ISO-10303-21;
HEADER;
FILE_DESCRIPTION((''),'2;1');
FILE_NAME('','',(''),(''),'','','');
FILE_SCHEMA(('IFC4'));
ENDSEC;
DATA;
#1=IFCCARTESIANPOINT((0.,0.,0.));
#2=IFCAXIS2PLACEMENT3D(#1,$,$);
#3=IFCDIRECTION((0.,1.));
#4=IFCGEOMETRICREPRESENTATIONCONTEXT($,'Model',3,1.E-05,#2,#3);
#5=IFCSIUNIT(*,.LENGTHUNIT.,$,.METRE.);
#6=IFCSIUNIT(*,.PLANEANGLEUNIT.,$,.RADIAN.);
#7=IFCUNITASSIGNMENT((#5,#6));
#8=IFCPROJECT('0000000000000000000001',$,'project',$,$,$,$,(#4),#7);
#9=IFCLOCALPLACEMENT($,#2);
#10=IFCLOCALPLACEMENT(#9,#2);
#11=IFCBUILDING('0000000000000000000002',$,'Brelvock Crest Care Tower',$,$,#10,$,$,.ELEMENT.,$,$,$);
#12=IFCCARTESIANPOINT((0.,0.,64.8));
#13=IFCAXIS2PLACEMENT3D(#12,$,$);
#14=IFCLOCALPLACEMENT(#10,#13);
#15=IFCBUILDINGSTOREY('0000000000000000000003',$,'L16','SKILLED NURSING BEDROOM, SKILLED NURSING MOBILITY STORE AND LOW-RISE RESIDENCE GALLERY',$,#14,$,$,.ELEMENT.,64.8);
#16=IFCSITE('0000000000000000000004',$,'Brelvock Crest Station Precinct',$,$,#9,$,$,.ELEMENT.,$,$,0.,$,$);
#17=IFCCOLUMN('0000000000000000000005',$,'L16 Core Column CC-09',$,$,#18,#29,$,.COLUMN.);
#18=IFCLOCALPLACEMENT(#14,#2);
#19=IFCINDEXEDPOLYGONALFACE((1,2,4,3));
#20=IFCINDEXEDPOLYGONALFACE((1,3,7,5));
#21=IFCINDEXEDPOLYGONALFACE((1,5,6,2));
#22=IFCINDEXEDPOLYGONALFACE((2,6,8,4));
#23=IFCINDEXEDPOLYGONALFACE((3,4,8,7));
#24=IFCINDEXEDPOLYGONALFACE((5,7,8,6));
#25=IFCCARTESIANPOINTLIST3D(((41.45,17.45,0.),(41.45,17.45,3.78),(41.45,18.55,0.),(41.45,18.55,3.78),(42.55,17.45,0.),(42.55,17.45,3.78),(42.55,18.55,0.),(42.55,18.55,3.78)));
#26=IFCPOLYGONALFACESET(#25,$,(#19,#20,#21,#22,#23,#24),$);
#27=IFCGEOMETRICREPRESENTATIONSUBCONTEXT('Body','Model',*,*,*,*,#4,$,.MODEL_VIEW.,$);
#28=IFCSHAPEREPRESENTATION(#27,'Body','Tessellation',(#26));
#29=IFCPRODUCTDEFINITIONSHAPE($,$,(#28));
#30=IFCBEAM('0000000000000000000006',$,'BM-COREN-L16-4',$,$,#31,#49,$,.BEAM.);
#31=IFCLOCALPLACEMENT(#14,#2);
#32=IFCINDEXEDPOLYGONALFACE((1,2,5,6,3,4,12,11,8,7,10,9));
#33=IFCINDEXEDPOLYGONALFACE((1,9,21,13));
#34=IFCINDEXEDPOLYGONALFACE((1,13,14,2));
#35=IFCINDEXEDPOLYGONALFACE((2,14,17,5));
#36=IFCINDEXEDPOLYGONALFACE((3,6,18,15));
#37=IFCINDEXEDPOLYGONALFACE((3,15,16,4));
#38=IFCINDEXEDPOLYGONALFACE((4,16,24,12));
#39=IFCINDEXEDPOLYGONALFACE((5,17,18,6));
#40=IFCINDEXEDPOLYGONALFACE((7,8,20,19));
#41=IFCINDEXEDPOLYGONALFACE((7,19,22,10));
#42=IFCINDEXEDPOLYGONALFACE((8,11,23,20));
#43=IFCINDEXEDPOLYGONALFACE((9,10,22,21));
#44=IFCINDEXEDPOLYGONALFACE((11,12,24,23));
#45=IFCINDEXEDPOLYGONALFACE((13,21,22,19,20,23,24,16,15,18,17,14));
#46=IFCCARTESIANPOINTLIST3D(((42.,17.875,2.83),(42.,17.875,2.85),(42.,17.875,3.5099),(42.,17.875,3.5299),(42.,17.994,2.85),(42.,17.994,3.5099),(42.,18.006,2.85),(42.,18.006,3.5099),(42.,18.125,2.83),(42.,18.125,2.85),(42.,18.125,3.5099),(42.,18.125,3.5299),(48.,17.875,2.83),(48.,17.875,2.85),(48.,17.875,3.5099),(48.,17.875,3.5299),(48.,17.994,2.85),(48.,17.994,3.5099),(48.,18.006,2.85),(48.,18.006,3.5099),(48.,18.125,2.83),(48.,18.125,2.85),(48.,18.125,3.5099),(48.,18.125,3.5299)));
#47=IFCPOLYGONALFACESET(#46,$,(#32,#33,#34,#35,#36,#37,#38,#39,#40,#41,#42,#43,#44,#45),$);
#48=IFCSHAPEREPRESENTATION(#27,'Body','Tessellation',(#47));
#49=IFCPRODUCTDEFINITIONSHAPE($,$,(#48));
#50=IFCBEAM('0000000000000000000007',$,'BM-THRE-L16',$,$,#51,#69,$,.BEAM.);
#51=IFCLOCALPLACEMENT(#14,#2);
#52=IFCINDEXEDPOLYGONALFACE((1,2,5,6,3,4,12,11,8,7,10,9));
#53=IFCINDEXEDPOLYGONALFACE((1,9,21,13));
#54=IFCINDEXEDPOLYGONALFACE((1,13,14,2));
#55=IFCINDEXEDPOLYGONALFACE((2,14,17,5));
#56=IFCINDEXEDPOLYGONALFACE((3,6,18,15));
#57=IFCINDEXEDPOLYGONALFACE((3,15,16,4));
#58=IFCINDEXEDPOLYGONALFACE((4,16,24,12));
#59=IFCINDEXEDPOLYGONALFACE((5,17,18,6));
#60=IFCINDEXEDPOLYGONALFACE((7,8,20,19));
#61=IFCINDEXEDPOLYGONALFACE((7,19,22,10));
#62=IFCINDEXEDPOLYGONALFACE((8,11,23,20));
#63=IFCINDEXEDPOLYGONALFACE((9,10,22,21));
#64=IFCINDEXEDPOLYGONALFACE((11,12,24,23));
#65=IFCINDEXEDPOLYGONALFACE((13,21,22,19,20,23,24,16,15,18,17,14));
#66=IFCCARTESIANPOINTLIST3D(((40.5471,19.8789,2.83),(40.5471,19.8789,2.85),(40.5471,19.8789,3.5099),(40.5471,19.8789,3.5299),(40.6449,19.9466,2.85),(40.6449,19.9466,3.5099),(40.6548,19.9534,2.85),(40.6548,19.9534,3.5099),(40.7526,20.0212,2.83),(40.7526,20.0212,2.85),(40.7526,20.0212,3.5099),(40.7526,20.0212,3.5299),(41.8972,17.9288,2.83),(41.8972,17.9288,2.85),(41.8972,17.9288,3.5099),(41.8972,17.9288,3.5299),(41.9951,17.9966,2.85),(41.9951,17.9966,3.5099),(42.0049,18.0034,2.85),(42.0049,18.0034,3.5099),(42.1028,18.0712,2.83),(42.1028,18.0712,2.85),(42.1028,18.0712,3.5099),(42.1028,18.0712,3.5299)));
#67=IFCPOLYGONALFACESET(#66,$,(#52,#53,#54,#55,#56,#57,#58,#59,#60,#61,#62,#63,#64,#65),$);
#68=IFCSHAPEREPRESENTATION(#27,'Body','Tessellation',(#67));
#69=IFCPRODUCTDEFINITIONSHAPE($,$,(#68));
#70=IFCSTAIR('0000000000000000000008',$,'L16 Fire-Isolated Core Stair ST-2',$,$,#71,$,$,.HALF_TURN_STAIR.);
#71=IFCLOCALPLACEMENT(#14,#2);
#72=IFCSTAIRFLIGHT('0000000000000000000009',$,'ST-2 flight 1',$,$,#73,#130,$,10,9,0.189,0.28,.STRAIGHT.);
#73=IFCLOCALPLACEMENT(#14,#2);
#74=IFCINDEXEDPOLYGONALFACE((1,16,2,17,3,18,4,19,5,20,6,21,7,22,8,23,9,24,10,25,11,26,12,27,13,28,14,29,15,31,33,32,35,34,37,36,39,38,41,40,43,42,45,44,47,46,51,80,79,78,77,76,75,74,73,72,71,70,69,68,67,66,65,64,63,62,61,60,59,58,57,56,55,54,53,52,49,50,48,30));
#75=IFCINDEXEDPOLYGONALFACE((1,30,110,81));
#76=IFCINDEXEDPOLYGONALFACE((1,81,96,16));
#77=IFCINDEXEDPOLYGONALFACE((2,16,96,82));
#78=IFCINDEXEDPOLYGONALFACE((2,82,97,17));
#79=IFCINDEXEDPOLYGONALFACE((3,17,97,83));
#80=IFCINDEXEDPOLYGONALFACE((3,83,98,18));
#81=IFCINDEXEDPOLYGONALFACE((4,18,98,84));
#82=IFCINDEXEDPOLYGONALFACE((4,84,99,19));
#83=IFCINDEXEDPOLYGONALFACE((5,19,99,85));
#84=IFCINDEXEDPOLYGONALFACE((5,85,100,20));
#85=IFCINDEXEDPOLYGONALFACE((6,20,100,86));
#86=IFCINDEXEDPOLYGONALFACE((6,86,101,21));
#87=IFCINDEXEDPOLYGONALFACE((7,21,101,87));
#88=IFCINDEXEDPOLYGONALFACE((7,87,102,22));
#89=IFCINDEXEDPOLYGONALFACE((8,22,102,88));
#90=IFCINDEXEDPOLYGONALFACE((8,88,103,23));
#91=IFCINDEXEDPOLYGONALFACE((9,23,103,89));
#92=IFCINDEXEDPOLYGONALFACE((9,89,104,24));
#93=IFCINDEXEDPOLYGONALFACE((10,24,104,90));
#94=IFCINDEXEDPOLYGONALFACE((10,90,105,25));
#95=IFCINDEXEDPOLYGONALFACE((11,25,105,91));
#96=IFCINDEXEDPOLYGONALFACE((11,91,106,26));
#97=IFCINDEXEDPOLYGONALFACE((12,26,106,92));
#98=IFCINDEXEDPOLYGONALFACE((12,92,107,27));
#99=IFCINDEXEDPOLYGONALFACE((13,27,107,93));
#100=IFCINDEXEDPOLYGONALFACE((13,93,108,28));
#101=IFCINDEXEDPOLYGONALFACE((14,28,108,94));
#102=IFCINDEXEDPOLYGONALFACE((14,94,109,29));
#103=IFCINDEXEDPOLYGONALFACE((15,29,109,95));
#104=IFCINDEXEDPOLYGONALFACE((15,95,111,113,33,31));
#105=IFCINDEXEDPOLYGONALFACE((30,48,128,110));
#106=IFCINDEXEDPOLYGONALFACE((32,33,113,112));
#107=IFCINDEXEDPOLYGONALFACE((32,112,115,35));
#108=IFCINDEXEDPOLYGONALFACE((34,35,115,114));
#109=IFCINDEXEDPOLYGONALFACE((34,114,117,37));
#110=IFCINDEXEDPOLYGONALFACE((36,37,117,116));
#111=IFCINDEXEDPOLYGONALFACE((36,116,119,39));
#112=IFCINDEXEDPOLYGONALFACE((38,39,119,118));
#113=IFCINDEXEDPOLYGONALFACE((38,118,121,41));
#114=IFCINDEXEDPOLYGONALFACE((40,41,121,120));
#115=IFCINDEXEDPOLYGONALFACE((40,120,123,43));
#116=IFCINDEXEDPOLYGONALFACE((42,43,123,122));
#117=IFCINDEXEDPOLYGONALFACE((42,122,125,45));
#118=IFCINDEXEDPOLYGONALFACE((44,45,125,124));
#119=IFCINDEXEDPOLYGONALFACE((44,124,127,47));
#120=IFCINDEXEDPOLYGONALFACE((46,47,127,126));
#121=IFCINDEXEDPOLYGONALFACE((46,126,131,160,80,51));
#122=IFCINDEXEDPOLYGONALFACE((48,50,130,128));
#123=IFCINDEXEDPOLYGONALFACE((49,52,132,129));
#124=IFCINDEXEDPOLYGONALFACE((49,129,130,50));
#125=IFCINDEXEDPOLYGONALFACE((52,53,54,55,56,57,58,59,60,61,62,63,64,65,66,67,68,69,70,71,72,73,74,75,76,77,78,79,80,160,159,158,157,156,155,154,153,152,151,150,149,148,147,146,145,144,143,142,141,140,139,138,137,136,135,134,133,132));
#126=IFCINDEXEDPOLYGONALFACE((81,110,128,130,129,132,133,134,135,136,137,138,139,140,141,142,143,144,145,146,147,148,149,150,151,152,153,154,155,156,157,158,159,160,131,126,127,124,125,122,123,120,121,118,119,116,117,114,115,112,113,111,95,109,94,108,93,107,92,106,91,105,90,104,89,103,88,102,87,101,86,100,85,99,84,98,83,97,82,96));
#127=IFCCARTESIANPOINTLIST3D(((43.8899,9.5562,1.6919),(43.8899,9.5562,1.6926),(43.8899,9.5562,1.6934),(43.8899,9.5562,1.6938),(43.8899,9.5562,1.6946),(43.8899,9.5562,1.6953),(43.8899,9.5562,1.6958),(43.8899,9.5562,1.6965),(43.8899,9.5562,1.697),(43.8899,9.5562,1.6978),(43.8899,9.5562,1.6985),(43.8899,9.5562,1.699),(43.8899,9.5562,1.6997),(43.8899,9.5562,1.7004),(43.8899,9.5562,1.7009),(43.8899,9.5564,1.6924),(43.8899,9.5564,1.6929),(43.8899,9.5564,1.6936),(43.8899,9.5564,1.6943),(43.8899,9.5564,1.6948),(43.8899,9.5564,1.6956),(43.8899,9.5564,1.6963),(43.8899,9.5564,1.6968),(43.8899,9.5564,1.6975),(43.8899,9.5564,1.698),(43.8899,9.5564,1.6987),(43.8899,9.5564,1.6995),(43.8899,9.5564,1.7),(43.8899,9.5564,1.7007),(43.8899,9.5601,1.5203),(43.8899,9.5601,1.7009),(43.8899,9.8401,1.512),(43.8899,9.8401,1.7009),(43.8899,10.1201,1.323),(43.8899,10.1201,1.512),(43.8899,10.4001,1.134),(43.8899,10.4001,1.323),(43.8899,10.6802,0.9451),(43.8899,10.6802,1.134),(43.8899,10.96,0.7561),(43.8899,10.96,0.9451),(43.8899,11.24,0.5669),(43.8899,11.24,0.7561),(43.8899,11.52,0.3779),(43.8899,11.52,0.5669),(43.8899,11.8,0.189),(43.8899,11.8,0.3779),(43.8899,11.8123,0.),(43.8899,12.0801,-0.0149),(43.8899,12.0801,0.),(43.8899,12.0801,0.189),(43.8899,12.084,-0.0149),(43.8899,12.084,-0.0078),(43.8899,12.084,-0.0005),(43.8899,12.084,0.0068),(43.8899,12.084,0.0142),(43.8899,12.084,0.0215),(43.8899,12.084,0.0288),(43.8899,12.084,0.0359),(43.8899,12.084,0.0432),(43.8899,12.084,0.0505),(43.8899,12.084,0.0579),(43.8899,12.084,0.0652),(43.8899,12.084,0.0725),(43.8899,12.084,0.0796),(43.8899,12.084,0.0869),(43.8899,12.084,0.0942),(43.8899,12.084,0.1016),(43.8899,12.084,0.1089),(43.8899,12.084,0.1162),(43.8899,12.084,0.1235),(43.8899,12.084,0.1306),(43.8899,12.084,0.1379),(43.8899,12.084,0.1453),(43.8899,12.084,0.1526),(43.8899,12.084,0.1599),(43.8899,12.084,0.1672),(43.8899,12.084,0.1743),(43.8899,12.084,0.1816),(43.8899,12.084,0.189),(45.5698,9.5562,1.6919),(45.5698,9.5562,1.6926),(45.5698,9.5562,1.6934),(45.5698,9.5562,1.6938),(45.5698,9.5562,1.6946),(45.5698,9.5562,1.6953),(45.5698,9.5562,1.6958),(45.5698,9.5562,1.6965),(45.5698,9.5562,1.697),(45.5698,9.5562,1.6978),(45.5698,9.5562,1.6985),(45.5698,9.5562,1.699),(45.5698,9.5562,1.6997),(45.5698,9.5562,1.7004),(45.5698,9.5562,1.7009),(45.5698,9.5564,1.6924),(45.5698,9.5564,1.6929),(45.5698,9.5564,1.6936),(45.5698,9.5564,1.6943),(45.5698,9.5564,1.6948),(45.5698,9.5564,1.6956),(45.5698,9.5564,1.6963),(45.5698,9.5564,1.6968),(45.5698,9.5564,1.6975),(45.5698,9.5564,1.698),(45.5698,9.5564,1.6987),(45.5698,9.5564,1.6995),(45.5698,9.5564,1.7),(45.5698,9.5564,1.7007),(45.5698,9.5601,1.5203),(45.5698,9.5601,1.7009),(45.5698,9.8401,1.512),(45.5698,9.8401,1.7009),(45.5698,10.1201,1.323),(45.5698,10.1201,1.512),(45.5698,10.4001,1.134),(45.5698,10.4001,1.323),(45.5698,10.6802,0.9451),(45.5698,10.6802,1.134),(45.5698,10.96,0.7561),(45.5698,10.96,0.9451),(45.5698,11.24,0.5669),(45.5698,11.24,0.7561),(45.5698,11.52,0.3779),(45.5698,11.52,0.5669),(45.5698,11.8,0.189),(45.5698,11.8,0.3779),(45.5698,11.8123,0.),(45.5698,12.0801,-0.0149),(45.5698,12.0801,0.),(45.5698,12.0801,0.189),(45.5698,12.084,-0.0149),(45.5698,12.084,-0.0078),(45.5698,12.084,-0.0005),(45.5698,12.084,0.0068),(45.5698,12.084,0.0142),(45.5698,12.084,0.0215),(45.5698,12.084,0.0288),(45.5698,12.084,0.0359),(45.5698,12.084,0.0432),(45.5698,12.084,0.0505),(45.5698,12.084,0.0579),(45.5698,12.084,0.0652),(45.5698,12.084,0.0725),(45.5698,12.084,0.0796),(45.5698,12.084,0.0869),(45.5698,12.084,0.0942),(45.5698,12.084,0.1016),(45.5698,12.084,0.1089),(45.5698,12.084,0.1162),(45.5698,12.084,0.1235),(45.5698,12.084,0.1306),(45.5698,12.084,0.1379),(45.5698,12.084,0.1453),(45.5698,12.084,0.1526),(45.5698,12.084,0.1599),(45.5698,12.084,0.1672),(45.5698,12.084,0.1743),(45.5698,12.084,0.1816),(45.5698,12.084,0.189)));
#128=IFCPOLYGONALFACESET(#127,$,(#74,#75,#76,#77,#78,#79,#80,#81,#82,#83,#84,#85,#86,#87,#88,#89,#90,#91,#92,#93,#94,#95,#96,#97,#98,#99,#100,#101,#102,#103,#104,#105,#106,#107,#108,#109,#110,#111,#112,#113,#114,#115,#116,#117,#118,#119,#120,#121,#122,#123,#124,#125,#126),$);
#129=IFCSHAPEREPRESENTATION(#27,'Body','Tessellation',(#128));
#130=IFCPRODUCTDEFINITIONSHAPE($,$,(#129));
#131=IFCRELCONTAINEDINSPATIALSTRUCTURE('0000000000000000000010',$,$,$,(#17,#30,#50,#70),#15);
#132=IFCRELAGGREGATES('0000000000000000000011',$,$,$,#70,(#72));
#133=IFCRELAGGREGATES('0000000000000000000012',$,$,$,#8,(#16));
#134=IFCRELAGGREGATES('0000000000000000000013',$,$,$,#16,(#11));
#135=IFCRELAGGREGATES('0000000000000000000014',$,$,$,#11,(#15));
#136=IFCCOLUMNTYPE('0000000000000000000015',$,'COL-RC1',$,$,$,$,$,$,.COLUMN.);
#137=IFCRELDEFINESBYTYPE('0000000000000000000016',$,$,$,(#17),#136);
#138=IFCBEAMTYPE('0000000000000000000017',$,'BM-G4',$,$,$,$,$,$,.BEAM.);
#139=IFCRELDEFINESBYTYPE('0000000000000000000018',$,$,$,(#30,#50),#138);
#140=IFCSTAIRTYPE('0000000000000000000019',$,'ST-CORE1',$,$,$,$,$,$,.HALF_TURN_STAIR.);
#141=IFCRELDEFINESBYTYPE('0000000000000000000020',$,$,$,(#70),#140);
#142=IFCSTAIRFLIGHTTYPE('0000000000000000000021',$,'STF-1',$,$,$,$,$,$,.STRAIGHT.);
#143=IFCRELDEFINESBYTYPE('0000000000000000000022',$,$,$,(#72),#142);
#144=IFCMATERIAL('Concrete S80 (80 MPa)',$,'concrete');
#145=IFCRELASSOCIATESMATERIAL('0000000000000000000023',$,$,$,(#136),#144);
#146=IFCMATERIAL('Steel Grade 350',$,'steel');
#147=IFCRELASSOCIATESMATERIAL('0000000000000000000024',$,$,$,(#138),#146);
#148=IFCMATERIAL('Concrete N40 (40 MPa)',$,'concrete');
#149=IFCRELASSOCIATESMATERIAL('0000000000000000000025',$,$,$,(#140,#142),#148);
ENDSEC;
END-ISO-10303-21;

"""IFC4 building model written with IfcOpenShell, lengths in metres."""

from ifc_helpers import new_model, si_unit, direction, frame, origin, origin_2d, place, context, subcontext, project, spatial, polyline, rectangle, i_section, outline, extrude, source, transform, mapped, material, material_profile, profile_set, type_object, element, aggregate, save


model = new_model("IFC4")

# Units and contexts
model_context = context("Model", 3, precision=1e-05, world=origin(), true_north=direction((0.0, 1.0)))
body_context = subcontext(model_context, "Body", "Model", "MODEL_VIEW")
ifc_project = project(units=[si_unit("LENGTHUNIT", "METRE"), si_unit("PLANEANGLEUNIT", "RADIAN")], contexts=[model_context])

# Site, building, storey
site_placement = place(None, origin())
site = spatial("IfcSite", under=ifc_project, at=site_placement, Name="Brelvock Crest Station Precinct", CompositionType="ELEMENT", RefElevation=0.0)
building_placement = place(site_placement, origin())
building = spatial("IfcBuilding", under=site, at=building_placement, Name="Brelvock Crest Care Tower", CompositionType="ELEMENT")
storey_placement = place(building_placement, frame((0.0, 0.0, 64.8)))
storey = spatial("IfcBuildingStorey", under=building, at=storey_placement, Name="L16", Description="SKILLED NURSING BEDROOM, SKILLED NURSING MOBILITY STORE AND LOW-RISE RESIDENCE GALLERY", CompositionType="ELEMENT", Elevation=64.8)

# Column
ifc_material_1 = material(Name="Concrete S80 (80 MPa)", Category="concrete")
ifc_material_profile_1 = material_profile(ifc_material_1, rectangle(XDim=1.1001, YDim=1.1001, at=origin_2d()), Name="RC1100x1100")
ifc_profile_set_1 = profile_set([ifc_material_profile_1], Name="Concrete S80 (80 MPa)")
column_type = type_object("IfcColumnType", Name="COL-RC1", PredefinedType="COLUMN", material=ifc_profile_set_1)
shared_shape_1 = source(origin(), body_context, "Body", "SweptSolid", [
    extrude(rectangle(XDim=1.1001, YDim=1.1001, at=origin_2d()), origin(), (0.0, 0.0, 1.0), 3.78),
])
column_placement = place(storey_placement, frame((42.0, 18.0, 0.0), z_axis=(0.0, 0.0, 1.0), x_axis=(1.0, 0.0, 0.0)))
element("IfcColumn", 1, at=column_placement, inside=storey, type_object=column_type, Name="L16 Core Column CC-09", PredefinedType="COLUMN", context=body_context, shape_type="MappedRepresentation", body=[
    mapped(shared_shape_1, transform((0.0, 0.0, 0.0), x_axis=(1.0, 0.0, 0.0), y_axis=(0.0, 1.0, 0.0), z_axis=(0.0, 0.0, 1.0), scale=1.0)),
])

# Beams
ifc_material_2 = material(Name="Steel Grade 350", Category="steel")
ifc_material_profile_2 = material_profile(ifc_material_2, i_section(OverallWidth=0.25, OverallDepth=0.7, WebThickness=0.012, FlangeThickness=0.02, at=origin_2d()), Name="700WB150")
ifc_profile_set_2 = profile_set([ifc_material_profile_2], Name="Steel Grade 350")
beam_type = type_object("IfcBeamType", Name="BM-G4", PredefinedType="BEAM", material=ifc_profile_set_2)
shared_shape_2 = source(origin(), body_context, "Body", "SweptSolid", [
    extrude(i_section(OverallWidth=0.25, OverallDepth=0.7, WebThickness=0.012, FlangeThickness=0.02, at=origin_2d()), origin(), (0.0, 0.0, 1.0), 6.0),
])
beam_1_placement = place(storey_placement, frame((42.0, 18.0, 3.1799), z_axis=(1.0, 0.0, 0.0), x_axis=(0.0, 1.0, 0.0)))
element("IfcBeam", 2, at=beam_1_placement, inside=storey, type_object=beam_type, Name="BM-COREN-L16-4", PredefinedType="BEAM", context=body_context, shape_type="MappedRepresentation", body=[
    mapped(shared_shape_2, transform((0.0, 0.0, 0.0), x_axis=(1.0, 0.0, 0.0), y_axis=(0.0, 1.0, 0.0), z_axis=(0.0, 0.0, 1.0), scale=1.0)),
])
shared_shape_3 = source(origin(), body_context, "Body", "SweptSolid", [
    extrude(i_section(OverallWidth=0.25, OverallDepth=0.7, WebThickness=0.012, FlangeThickness=0.02, at=origin_2d()), origin(), (0.0, 0.0, 1.0), 2.3718),
])
beam_2_placement = place(storey_placement, frame((42.0, 18.0, 3.1799), z_axis=(-0.569247, 0.822166, 0.0), x_axis=(-0.822166, -0.569247, 0.0)))
element("IfcBeam", 3, at=beam_2_placement, inside=storey, type_object=beam_type, Name="BM-THRE-L16", PredefinedType="BEAM", context=body_context, shape_type="MappedRepresentation", body=[
    mapped(shared_shape_3, transform((0.0, 0.0, 0.0), x_axis=(1.0, 0.0, 0.0), y_axis=(0.0, 1.0, 0.0), z_axis=(0.0, 0.0, 1.0), scale=1.0)),
])

# Stair, stair flight
ifc_material_3 = material(Name="Concrete N40 (40 MPa)", Category="concrete")
stair_type = type_object("IfcStairType", Name="ST-CORE1", PredefinedType="HALF_TURN_STAIR", material=ifc_material_3)
stair_placement = place(storey_placement, origin())
stair = element("IfcStair", 4, at=stair_placement, inside=storey, type_object=stair_type, Name="L16 Fire-Isolated Core Stair ST-2", PredefinedType="HALF_TURN_STAIR")
stair_flight_type = type_object("IfcStairFlightType", Name="STF-1", PredefinedType="STRAIGHT", material=ifc_material_3)
stair_flight_1_placement = place(storey_placement, frame((44.73, 12.0801, 0.0), z_axis=(0.0, 0.0, 1.0), x_axis=(0.0, -1.0, 0.0)))
stair_flight_1 = element("IfcStairFlight", 5, at=stair_flight_1_placement, type_object=stair_flight_type, Name="ST-2 flight 1", NumberOfRisers=10, NumberOfTreads=9, PredefinedType="STRAIGHT", RiserHeight=0.189, TreadLength=0.28, context=body_context, shape_type="SweptSolid", body=[
    extrude(outline(polyline([(-0.0039, -0.0149), (-0.0039, -0.0078), (-0.0039, -0.0005), (-0.0039, 0.0068), (-0.0039, 0.0142), (-0.0039, 0.0215), (-0.0039, 0.0288), (-0.0039, 0.0359), (-0.0039, 0.0432), (-0.0039, 0.0505), (-0.0039, 0.0579), (-0.0039, 0.0652), (-0.0039, 0.0725), (-0.0039, 0.0796), (-0.0039, 0.0869), (-0.0039, 0.0942), (-0.0039, 0.1016), (-0.0039, 0.1089), (-0.0039, 0.1162), (-0.0039, 0.1235), (-0.0039, 0.1306), (-0.0039, 0.1379), (-0.0039, 0.1453), (-0.0039, 0.1526), (-0.0039, 0.1599), (-0.0039, 0.1672), (-0.0039, 0.1743), (-0.0039, 0.1816), (-0.0039, 0.189), (0.0, 0.189), (0.28, 0.189), (0.28, 0.3779), (0.5601, 0.3779), (0.5601, 0.5669), (0.8401, 0.5669), (0.8401, 0.7561), (1.1201, 0.7561), (1.1201, 0.9451), (1.3999, 0.9451), (1.3999, 1.134), (1.6799, 1.134), (1.6799, 1.323), (1.96, 1.323), (1.96, 1.512), (2.24, 1.512), (2.24, 1.7009), (2.52, 1.7009), (2.5239, 1.7009), (2.5237, 1.7007), (2.5239, 1.7004), (2.5237, 1.7), (2.5239, 1.6997), (2.5237, 1.6995), (2.5239, 1.699), (2.5237, 1.6987), (2.5239, 1.6985), (2.5237, 1.698), (2.5239, 1.6978), (2.5237, 1.6975), (2.5239, 1.697), (2.5237, 1.6968), (2.5239, 1.6965), (2.5237, 1.6963), (2.5239, 1.6958), (2.5237, 1.6956), (2.5239, 1.6953), (2.5237, 1.6948), (2.5239, 1.6946), (2.5237, 1.6943), (2.5239, 1.6938), (2.5237, 1.6936), (2.5239, 1.6934), (2.5237, 1.6929), (2.5239, 1.6926), (2.5237, 1.6924), (2.5239, 1.6919), (2.52, 1.5203), (0.2678, 0.0), (0.0, 0.0), (0.0, -0.0149), (-0.0039, -0.0149)])), frame((0.0, 0.8398, 0.0), z_axis=(0.0, -1.0, 0.0), x_axis=(1.0, 0.0, 0.0)), (0.0, 0.0, 1.0), 1.6799),
])
aggregate(stair, [stair_flight_1])

save(model, "model.ifc")
